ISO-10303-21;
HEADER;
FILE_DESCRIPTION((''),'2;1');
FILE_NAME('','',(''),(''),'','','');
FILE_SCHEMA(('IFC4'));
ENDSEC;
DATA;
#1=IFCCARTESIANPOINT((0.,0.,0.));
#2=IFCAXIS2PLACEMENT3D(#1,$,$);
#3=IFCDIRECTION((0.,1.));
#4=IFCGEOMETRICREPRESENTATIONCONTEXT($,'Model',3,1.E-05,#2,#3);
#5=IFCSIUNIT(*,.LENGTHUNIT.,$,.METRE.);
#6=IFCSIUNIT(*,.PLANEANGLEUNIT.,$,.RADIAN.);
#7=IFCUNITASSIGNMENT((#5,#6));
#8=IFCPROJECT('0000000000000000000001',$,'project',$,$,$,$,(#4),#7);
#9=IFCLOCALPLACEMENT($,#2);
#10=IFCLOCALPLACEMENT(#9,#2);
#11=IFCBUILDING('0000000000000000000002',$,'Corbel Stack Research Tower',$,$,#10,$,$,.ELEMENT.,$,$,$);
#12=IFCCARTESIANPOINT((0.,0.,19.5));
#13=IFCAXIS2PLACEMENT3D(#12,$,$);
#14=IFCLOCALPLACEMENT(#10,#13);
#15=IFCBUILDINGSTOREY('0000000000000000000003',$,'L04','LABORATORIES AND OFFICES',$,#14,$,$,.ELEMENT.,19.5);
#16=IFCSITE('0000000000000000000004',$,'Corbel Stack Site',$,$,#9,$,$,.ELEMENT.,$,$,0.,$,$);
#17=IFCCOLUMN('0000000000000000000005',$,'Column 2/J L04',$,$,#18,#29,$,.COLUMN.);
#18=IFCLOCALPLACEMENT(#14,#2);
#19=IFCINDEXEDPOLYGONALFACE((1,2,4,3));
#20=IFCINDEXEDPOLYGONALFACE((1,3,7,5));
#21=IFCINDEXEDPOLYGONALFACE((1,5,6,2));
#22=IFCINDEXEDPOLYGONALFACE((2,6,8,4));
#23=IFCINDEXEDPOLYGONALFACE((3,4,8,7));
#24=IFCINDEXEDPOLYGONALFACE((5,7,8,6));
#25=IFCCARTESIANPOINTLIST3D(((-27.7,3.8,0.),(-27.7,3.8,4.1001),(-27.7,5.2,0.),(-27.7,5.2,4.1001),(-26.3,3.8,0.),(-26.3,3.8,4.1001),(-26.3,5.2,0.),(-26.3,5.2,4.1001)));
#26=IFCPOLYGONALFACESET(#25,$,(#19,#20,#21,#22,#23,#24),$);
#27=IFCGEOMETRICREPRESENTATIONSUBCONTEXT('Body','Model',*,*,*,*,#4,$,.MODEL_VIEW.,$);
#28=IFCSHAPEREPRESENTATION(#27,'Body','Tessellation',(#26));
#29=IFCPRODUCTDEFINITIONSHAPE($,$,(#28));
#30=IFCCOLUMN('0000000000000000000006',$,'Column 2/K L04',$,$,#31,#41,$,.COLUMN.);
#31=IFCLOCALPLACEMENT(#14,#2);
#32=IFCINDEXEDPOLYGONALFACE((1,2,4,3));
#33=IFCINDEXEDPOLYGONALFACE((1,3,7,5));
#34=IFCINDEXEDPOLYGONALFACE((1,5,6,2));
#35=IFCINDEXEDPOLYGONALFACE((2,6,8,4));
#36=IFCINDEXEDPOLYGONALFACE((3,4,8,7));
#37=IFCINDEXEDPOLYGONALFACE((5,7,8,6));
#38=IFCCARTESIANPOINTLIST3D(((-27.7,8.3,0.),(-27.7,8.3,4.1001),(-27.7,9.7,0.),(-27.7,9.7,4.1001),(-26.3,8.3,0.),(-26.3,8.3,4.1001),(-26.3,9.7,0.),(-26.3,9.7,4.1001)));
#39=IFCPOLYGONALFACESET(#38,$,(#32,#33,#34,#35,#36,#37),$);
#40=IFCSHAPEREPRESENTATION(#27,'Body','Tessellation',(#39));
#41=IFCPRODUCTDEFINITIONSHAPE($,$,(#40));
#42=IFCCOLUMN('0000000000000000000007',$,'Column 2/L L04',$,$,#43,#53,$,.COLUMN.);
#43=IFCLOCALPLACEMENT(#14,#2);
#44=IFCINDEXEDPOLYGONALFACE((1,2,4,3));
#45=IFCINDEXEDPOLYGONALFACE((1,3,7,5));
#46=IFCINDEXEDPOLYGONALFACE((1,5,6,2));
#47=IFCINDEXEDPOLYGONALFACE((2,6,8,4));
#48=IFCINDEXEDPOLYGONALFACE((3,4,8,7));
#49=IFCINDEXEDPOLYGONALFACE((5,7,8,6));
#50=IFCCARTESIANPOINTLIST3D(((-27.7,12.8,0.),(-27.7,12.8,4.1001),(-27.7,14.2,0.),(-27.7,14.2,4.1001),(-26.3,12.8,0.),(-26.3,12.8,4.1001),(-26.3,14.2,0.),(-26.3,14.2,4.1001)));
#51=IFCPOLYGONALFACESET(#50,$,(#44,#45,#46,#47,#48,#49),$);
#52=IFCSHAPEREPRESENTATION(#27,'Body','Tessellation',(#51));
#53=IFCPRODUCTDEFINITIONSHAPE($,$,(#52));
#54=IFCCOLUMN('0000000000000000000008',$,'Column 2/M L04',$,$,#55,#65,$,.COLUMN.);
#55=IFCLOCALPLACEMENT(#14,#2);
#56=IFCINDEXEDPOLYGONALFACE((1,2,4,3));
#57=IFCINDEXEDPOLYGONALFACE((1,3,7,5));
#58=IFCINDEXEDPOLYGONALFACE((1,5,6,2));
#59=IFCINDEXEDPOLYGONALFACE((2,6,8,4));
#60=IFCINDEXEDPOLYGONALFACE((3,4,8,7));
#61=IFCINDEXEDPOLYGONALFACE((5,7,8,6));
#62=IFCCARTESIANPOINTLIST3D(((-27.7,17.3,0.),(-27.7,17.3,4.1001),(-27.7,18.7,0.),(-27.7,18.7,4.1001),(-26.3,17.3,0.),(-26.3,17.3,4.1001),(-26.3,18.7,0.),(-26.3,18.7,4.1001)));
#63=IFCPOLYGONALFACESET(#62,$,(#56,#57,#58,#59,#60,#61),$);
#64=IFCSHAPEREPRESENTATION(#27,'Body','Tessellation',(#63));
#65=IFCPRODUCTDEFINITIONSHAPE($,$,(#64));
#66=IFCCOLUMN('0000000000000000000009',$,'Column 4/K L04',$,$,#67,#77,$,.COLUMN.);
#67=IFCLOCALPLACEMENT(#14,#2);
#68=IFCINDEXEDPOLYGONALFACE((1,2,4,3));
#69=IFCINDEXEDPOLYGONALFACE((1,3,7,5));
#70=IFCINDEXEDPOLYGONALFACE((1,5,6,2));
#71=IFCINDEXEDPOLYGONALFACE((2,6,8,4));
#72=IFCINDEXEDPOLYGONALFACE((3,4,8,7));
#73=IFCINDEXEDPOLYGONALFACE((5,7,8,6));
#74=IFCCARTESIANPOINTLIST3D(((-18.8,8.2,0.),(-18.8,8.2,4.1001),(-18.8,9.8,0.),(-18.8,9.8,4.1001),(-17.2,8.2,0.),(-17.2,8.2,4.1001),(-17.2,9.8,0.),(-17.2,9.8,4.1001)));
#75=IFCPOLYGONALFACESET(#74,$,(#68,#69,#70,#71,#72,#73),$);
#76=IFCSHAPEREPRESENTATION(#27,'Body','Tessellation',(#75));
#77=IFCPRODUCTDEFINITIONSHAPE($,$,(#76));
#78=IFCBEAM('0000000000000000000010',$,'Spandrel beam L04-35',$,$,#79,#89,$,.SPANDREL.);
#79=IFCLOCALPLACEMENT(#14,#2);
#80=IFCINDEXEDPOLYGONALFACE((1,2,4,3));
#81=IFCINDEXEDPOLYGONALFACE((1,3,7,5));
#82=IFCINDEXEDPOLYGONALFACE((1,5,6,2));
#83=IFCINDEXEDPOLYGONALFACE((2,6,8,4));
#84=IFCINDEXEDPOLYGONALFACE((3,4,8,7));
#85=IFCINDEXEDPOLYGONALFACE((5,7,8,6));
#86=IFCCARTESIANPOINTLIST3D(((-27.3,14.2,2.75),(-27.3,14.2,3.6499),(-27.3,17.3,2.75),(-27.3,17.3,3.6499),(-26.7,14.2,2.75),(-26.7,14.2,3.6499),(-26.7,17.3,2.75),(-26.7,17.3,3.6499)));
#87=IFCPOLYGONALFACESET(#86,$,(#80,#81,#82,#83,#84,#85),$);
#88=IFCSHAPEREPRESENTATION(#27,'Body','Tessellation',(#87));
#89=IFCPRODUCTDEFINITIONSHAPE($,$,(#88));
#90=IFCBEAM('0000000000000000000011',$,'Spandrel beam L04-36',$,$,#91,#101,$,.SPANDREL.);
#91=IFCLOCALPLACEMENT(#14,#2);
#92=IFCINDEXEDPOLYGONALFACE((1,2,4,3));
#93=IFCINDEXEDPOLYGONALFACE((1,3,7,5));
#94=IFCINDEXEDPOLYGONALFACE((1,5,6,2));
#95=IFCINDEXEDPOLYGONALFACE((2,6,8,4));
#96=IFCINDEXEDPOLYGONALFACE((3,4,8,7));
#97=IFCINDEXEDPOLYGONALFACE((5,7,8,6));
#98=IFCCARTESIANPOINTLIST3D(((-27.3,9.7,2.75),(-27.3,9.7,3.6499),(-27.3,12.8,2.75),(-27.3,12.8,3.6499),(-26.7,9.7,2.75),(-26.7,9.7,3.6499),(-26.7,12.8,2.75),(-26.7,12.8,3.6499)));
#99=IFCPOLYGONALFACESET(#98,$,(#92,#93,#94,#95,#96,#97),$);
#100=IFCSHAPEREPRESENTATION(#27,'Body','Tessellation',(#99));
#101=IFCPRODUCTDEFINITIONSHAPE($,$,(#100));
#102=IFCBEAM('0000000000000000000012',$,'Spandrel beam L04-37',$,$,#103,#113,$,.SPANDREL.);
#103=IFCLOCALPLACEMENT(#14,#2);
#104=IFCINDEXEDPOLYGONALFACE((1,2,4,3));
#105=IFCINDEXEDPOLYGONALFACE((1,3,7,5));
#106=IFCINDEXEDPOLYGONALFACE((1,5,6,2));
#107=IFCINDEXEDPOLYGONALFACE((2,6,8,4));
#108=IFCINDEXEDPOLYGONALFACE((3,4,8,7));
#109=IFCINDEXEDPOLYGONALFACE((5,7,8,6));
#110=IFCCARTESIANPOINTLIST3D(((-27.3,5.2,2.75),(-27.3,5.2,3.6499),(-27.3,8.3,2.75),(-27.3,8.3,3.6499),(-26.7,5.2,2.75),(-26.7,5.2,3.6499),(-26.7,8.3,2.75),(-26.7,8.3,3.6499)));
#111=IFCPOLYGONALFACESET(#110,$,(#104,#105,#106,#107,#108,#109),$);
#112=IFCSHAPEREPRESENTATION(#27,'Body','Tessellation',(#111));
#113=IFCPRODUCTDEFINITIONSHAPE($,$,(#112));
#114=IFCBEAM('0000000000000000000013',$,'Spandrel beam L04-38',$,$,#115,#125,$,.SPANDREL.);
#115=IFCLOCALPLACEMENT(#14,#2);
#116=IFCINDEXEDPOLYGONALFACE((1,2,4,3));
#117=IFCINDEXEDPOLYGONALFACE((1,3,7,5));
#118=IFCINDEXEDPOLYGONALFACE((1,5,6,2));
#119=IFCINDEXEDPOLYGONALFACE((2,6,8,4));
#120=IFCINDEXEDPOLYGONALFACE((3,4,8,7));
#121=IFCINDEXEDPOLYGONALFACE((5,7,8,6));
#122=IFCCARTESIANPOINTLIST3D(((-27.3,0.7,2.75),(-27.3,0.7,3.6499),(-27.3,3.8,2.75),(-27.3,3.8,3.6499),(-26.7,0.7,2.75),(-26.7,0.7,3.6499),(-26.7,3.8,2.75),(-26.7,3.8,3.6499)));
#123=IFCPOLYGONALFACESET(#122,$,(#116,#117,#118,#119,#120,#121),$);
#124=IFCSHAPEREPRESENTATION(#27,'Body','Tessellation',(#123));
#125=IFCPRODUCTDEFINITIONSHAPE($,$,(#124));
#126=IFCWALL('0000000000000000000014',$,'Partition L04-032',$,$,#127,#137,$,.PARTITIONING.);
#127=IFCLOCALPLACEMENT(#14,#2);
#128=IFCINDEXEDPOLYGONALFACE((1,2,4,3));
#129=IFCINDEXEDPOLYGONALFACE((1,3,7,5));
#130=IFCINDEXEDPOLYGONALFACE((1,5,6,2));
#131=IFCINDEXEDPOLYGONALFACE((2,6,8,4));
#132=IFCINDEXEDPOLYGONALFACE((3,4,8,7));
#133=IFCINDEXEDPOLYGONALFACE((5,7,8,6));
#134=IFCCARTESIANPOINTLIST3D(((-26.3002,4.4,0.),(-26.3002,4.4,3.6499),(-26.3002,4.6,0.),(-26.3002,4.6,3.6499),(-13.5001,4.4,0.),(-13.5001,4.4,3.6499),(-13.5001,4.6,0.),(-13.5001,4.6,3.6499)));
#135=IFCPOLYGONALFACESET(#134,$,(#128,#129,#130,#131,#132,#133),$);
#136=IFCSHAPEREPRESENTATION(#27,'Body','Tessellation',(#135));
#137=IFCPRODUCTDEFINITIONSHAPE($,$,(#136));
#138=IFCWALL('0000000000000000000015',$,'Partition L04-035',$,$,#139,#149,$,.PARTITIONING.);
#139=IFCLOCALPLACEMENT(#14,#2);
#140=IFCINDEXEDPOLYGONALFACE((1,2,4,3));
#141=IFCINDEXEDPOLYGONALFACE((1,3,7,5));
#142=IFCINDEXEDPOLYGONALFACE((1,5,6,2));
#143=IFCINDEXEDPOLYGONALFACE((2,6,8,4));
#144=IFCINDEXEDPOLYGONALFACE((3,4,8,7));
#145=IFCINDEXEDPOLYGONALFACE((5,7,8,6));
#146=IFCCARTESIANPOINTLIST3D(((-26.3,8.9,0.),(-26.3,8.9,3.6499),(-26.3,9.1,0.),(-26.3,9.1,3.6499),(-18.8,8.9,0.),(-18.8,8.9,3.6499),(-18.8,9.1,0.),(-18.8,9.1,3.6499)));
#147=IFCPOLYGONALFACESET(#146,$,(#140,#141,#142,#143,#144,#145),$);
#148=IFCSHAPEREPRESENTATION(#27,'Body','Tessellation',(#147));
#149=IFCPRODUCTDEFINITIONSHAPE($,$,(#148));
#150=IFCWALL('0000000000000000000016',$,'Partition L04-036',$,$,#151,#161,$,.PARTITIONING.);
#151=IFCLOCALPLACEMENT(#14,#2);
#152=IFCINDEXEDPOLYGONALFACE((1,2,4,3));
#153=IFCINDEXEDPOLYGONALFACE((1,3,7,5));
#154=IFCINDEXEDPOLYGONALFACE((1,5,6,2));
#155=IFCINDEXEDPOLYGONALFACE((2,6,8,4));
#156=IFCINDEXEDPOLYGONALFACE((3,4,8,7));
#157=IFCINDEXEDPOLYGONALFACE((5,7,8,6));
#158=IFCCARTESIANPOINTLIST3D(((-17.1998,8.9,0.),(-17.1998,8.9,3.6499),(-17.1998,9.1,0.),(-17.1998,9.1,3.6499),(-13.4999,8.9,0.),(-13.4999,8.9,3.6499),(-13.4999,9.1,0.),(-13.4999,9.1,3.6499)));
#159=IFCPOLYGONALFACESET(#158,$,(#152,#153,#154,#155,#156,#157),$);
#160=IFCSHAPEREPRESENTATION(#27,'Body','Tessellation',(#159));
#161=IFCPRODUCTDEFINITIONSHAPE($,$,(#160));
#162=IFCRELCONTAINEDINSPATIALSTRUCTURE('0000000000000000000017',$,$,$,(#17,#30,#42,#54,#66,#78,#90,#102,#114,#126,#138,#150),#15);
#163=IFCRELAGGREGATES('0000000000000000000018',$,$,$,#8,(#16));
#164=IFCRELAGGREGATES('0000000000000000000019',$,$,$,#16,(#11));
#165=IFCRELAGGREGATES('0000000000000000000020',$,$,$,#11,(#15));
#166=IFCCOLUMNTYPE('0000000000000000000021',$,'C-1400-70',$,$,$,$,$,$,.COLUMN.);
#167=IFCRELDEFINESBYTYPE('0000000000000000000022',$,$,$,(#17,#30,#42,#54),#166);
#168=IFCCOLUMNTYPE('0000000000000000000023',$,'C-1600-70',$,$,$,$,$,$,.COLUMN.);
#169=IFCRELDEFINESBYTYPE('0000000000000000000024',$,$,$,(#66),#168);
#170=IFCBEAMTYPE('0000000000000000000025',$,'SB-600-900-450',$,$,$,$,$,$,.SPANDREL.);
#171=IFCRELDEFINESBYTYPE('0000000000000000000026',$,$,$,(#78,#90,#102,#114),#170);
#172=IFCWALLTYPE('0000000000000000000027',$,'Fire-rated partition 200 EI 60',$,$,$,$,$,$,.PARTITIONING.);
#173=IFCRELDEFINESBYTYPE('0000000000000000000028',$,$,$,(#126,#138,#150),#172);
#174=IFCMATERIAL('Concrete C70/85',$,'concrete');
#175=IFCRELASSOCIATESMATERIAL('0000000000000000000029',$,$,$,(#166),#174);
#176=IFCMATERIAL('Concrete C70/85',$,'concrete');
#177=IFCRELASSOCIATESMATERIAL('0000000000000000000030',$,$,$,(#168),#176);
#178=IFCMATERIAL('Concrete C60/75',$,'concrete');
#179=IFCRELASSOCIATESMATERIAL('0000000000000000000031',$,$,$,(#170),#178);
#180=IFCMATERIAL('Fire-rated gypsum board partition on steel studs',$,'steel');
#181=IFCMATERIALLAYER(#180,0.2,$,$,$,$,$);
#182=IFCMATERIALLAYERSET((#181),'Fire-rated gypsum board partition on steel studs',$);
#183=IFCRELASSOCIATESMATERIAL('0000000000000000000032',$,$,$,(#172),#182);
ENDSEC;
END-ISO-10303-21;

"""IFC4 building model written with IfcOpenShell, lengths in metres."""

from ifc_helpers import new_model, si_unit, direction, frame, frame_2d, origin, origin_2d, place, context, subcontext, project, spatial, rectangle, extrude, material, layer, layer_set, material_profile, profile_set, type_object, element, save


model = new_model("IFC4")

# Units and contexts
model_context = context("Model", 3, precision=1e-05, world=origin(), true_north=direction((0.0, 1.0)))
body_context = subcontext(model_context, "Body", "Model", "MODEL_VIEW")
ifc_project = project(units=[si_unit("LENGTHUNIT", "METRE"), si_unit("PLANEANGLEUNIT", "RADIAN")], contexts=[model_context])

# Site, building, storey
site_placement = place(None, origin())
site = spatial("IfcSite", under=ifc_project, at=site_placement, Name="Corbel Stack Site", CompositionType="ELEMENT", RefElevation=0.0)
building_placement = place(site_placement, origin())
building = spatial("IfcBuilding", under=site, at=building_placement, Name="Corbel Stack Research Tower", CompositionType="ELEMENT")
storey_placement = place(building_placement, frame((0.0, 0.0, 19.5)))
storey = spatial("IfcBuildingStorey", under=building, at=storey_placement, Name="L04", Description="LABORATORIES AND OFFICES", CompositionType="ELEMENT", Elevation=19.5)

# Columns
ifc_material_1 = material(Name="Concrete C70/85", Category="concrete")
ifc_material_profile_1 = material_profile(ifc_material_1, rectangle(XDim=1.3999, YDim=1.3999, at=origin_2d()), Name="RC 1400 x 1400")
ifc_profile_set_1 = profile_set([ifc_material_profile_1], Name="Concrete C70/85")
column_type_1 = type_object("IfcColumnType", Name="C-1400-70", PredefinedType="COLUMN", material=ifc_profile_set_1)
for number, where, z_axis, x_axis, name in (
    (1, (-27.0, 4.5, 0.0), (0.0, 0.0, 1.0), (1.0, 0.0, 0.0), "Column 2/J L04"),
    (2, (-27.0, 9.0, 0.0), (0.0, 0.0, 1.0), (1.0, 0.0, 0.0), "Column 2/K L04"),
    (3, (-27.0, 13.5, 0.0), (0.0, 0.0, 1.0), (1.0, 0.0, 0.0), "Column 2/L L04"),
    (4, (-27.0, 18.0, 0.0), (0.0, 0.0, 1.0), (1.0, 0.0, 0.0), "Column 2/M L04"),
):
    element("IfcColumn", number, at=place(storey_placement, frame(where, z_axis=z_axis, x_axis=x_axis)), inside=storey, type_object=column_type_1, Name=name, PredefinedType="COLUMN", context=body_context, shape_type="SweptSolid", body=[
        extrude(rectangle(XDim=1.3999, YDim=1.3999, at=origin_2d()), origin(), (0.0, 0.0, 1.0), 4.1001),
    ])
ifc_material_2 = material(Name="Concrete C70/85", Category="concrete")
ifc_material_profile_2 = material_profile(ifc_material_2, rectangle(XDim=1.6001, YDim=1.6001, at=origin_2d()), Name="RC 1600 x 1600")
ifc_profile_set_2 = profile_set([ifc_material_profile_2], Name="Concrete C70/85")
column_type_2 = type_object("IfcColumnType", Name="C-1600-70", PredefinedType="COLUMN", material=ifc_profile_set_2)
column_placement = place(storey_placement, frame((-18.0, 9.0, 0.0), z_axis=(0.0, 0.0, 1.0), x_axis=(1.0, 0.0, 0.0)))
element("IfcColumn", 5, at=column_placement, inside=storey, type_object=column_type_2, Name="Column 4/K L04", PredefinedType="COLUMN", context=body_context, shape_type="SweptSolid", body=[
    extrude(rectangle(XDim=1.6001, YDim=1.6001, at=origin_2d()), origin(), (0.0, 0.0, 1.0), 4.1001),
])

# Beams
ifc_material_3 = material(Name="Concrete C60/75", Category="concrete")
ifc_material_profile_3 = material_profile(ifc_material_3, rectangle(XDim=0.6001, YDim=0.8999, at=origin_2d()), Name="RC 600 x 900")
ifc_profile_set_3 = profile_set([ifc_material_profile_3], Name="Concrete C60/75")
beam_type = type_object("IfcBeamType", Name="SB-600-900-450", PredefinedType="SPANDREL", material=ifc_profile_set_3)
for number, where, z_axis, x_axis, name in (
    (6, (-27.0, 17.3, 3.2), (0.0, -1.0, 0.0), (1.0, 0.0, 0.0), "Spandrel beam L04-35"),
    (7, (-27.0, 12.8, 3.2), (0.0, -1.0, 0.0), (1.0, 0.0, 0.0), "Spandrel beam L04-36"),
    (8, (-27.0, 8.3, 3.2), (0.0, -1.0, 0.0), (1.0, 0.0, 0.0), "Spandrel beam L04-37"),
    (9, (-27.0, 3.8, 3.2), (0.0, -1.0, 0.0), (1.0, 0.0, 0.0), "Spandrel beam L04-38"),
):
    element("IfcBeam", number, at=place(storey_placement, frame(where, z_axis=z_axis, x_axis=x_axis)), inside=storey, type_object=beam_type, Name=name, PredefinedType="SPANDREL", context=body_context, shape_type="SweptSolid", body=[
        extrude(rectangle(XDim=0.6001, YDim=0.8999, at=origin_2d()), origin(), (0.0, 0.0, 1.0), 3.1001),
    ])

# Walls
ifc_material_4 = material(Name="Fire-rated gypsum board partition on steel studs", Category="steel")
ifc_layer_1 = layer(ifc_material_4, 0.2)
ifc_layer_set_1 = layer_set([ifc_layer_1], Name="Fire-rated gypsum board partition on steel studs")
wall_type_1 = type_object("IfcWallType", Name="Fire-rated partition 200 EI 60", PredefinedType="PARTITIONING", material=ifc_layer_set_1)
wall_1_placement = place(storey_placement, frame((-26.3, 4.5, 0.0), z_axis=(0.0, 0.0, 1.0), x_axis=(1.0, 0.0, 0.0)))
element("IfcWall", 10, at=wall_1_placement, inside=storey, type_object=wall_type_1, Name="Partition L04-032", PredefinedType="PARTITIONING", context=body_context, shape_type="SweptSolid", body=[
    extrude(rectangle(XDim=12.8, YDim=0.2, at=frame_2d((6.3999, 0.0))), origin(), (0.0, 0.0, 1.0), 3.6499),
])
wall_2_placement = place(storey_placement, frame((-26.3, 9.0, 0.0), z_axis=(0.0, 0.0, 1.0), x_axis=(1.0, 0.0, 0.0)))
element("IfcWall", 11, at=wall_2_placement, inside=storey, type_object=wall_type_1, Name="Partition L04-035", PredefinedType="PARTITIONING", context=body_context, shape_type="SweptSolid", body=[
    extrude(rectangle(XDim=7.5, YDim=0.2, at=frame_2d((3.75, 0.0))), origin(), (0.0, 0.0, 1.0), 3.6499),
])
wall_3_placement = place(storey_placement, frame((-17.2, 9.0, 0.0), z_axis=(0.0, 0.0, 1.0), x_axis=(1.0, 0.0, 0.0)))
element("IfcWall", 12, at=wall_3_placement, inside=storey, type_object=wall_type_1, Name="Partition L04-036", PredefinedType="PARTITIONING", context=body_context, shape_type="SweptSolid", body=[
    extrude(rectangle(XDim=3.7, YDim=0.2, at=frame_2d((1.8501, 0.0))), origin(), (0.0, 0.0, 1.0), 3.6499),
])

save(model, "model.ifc")
